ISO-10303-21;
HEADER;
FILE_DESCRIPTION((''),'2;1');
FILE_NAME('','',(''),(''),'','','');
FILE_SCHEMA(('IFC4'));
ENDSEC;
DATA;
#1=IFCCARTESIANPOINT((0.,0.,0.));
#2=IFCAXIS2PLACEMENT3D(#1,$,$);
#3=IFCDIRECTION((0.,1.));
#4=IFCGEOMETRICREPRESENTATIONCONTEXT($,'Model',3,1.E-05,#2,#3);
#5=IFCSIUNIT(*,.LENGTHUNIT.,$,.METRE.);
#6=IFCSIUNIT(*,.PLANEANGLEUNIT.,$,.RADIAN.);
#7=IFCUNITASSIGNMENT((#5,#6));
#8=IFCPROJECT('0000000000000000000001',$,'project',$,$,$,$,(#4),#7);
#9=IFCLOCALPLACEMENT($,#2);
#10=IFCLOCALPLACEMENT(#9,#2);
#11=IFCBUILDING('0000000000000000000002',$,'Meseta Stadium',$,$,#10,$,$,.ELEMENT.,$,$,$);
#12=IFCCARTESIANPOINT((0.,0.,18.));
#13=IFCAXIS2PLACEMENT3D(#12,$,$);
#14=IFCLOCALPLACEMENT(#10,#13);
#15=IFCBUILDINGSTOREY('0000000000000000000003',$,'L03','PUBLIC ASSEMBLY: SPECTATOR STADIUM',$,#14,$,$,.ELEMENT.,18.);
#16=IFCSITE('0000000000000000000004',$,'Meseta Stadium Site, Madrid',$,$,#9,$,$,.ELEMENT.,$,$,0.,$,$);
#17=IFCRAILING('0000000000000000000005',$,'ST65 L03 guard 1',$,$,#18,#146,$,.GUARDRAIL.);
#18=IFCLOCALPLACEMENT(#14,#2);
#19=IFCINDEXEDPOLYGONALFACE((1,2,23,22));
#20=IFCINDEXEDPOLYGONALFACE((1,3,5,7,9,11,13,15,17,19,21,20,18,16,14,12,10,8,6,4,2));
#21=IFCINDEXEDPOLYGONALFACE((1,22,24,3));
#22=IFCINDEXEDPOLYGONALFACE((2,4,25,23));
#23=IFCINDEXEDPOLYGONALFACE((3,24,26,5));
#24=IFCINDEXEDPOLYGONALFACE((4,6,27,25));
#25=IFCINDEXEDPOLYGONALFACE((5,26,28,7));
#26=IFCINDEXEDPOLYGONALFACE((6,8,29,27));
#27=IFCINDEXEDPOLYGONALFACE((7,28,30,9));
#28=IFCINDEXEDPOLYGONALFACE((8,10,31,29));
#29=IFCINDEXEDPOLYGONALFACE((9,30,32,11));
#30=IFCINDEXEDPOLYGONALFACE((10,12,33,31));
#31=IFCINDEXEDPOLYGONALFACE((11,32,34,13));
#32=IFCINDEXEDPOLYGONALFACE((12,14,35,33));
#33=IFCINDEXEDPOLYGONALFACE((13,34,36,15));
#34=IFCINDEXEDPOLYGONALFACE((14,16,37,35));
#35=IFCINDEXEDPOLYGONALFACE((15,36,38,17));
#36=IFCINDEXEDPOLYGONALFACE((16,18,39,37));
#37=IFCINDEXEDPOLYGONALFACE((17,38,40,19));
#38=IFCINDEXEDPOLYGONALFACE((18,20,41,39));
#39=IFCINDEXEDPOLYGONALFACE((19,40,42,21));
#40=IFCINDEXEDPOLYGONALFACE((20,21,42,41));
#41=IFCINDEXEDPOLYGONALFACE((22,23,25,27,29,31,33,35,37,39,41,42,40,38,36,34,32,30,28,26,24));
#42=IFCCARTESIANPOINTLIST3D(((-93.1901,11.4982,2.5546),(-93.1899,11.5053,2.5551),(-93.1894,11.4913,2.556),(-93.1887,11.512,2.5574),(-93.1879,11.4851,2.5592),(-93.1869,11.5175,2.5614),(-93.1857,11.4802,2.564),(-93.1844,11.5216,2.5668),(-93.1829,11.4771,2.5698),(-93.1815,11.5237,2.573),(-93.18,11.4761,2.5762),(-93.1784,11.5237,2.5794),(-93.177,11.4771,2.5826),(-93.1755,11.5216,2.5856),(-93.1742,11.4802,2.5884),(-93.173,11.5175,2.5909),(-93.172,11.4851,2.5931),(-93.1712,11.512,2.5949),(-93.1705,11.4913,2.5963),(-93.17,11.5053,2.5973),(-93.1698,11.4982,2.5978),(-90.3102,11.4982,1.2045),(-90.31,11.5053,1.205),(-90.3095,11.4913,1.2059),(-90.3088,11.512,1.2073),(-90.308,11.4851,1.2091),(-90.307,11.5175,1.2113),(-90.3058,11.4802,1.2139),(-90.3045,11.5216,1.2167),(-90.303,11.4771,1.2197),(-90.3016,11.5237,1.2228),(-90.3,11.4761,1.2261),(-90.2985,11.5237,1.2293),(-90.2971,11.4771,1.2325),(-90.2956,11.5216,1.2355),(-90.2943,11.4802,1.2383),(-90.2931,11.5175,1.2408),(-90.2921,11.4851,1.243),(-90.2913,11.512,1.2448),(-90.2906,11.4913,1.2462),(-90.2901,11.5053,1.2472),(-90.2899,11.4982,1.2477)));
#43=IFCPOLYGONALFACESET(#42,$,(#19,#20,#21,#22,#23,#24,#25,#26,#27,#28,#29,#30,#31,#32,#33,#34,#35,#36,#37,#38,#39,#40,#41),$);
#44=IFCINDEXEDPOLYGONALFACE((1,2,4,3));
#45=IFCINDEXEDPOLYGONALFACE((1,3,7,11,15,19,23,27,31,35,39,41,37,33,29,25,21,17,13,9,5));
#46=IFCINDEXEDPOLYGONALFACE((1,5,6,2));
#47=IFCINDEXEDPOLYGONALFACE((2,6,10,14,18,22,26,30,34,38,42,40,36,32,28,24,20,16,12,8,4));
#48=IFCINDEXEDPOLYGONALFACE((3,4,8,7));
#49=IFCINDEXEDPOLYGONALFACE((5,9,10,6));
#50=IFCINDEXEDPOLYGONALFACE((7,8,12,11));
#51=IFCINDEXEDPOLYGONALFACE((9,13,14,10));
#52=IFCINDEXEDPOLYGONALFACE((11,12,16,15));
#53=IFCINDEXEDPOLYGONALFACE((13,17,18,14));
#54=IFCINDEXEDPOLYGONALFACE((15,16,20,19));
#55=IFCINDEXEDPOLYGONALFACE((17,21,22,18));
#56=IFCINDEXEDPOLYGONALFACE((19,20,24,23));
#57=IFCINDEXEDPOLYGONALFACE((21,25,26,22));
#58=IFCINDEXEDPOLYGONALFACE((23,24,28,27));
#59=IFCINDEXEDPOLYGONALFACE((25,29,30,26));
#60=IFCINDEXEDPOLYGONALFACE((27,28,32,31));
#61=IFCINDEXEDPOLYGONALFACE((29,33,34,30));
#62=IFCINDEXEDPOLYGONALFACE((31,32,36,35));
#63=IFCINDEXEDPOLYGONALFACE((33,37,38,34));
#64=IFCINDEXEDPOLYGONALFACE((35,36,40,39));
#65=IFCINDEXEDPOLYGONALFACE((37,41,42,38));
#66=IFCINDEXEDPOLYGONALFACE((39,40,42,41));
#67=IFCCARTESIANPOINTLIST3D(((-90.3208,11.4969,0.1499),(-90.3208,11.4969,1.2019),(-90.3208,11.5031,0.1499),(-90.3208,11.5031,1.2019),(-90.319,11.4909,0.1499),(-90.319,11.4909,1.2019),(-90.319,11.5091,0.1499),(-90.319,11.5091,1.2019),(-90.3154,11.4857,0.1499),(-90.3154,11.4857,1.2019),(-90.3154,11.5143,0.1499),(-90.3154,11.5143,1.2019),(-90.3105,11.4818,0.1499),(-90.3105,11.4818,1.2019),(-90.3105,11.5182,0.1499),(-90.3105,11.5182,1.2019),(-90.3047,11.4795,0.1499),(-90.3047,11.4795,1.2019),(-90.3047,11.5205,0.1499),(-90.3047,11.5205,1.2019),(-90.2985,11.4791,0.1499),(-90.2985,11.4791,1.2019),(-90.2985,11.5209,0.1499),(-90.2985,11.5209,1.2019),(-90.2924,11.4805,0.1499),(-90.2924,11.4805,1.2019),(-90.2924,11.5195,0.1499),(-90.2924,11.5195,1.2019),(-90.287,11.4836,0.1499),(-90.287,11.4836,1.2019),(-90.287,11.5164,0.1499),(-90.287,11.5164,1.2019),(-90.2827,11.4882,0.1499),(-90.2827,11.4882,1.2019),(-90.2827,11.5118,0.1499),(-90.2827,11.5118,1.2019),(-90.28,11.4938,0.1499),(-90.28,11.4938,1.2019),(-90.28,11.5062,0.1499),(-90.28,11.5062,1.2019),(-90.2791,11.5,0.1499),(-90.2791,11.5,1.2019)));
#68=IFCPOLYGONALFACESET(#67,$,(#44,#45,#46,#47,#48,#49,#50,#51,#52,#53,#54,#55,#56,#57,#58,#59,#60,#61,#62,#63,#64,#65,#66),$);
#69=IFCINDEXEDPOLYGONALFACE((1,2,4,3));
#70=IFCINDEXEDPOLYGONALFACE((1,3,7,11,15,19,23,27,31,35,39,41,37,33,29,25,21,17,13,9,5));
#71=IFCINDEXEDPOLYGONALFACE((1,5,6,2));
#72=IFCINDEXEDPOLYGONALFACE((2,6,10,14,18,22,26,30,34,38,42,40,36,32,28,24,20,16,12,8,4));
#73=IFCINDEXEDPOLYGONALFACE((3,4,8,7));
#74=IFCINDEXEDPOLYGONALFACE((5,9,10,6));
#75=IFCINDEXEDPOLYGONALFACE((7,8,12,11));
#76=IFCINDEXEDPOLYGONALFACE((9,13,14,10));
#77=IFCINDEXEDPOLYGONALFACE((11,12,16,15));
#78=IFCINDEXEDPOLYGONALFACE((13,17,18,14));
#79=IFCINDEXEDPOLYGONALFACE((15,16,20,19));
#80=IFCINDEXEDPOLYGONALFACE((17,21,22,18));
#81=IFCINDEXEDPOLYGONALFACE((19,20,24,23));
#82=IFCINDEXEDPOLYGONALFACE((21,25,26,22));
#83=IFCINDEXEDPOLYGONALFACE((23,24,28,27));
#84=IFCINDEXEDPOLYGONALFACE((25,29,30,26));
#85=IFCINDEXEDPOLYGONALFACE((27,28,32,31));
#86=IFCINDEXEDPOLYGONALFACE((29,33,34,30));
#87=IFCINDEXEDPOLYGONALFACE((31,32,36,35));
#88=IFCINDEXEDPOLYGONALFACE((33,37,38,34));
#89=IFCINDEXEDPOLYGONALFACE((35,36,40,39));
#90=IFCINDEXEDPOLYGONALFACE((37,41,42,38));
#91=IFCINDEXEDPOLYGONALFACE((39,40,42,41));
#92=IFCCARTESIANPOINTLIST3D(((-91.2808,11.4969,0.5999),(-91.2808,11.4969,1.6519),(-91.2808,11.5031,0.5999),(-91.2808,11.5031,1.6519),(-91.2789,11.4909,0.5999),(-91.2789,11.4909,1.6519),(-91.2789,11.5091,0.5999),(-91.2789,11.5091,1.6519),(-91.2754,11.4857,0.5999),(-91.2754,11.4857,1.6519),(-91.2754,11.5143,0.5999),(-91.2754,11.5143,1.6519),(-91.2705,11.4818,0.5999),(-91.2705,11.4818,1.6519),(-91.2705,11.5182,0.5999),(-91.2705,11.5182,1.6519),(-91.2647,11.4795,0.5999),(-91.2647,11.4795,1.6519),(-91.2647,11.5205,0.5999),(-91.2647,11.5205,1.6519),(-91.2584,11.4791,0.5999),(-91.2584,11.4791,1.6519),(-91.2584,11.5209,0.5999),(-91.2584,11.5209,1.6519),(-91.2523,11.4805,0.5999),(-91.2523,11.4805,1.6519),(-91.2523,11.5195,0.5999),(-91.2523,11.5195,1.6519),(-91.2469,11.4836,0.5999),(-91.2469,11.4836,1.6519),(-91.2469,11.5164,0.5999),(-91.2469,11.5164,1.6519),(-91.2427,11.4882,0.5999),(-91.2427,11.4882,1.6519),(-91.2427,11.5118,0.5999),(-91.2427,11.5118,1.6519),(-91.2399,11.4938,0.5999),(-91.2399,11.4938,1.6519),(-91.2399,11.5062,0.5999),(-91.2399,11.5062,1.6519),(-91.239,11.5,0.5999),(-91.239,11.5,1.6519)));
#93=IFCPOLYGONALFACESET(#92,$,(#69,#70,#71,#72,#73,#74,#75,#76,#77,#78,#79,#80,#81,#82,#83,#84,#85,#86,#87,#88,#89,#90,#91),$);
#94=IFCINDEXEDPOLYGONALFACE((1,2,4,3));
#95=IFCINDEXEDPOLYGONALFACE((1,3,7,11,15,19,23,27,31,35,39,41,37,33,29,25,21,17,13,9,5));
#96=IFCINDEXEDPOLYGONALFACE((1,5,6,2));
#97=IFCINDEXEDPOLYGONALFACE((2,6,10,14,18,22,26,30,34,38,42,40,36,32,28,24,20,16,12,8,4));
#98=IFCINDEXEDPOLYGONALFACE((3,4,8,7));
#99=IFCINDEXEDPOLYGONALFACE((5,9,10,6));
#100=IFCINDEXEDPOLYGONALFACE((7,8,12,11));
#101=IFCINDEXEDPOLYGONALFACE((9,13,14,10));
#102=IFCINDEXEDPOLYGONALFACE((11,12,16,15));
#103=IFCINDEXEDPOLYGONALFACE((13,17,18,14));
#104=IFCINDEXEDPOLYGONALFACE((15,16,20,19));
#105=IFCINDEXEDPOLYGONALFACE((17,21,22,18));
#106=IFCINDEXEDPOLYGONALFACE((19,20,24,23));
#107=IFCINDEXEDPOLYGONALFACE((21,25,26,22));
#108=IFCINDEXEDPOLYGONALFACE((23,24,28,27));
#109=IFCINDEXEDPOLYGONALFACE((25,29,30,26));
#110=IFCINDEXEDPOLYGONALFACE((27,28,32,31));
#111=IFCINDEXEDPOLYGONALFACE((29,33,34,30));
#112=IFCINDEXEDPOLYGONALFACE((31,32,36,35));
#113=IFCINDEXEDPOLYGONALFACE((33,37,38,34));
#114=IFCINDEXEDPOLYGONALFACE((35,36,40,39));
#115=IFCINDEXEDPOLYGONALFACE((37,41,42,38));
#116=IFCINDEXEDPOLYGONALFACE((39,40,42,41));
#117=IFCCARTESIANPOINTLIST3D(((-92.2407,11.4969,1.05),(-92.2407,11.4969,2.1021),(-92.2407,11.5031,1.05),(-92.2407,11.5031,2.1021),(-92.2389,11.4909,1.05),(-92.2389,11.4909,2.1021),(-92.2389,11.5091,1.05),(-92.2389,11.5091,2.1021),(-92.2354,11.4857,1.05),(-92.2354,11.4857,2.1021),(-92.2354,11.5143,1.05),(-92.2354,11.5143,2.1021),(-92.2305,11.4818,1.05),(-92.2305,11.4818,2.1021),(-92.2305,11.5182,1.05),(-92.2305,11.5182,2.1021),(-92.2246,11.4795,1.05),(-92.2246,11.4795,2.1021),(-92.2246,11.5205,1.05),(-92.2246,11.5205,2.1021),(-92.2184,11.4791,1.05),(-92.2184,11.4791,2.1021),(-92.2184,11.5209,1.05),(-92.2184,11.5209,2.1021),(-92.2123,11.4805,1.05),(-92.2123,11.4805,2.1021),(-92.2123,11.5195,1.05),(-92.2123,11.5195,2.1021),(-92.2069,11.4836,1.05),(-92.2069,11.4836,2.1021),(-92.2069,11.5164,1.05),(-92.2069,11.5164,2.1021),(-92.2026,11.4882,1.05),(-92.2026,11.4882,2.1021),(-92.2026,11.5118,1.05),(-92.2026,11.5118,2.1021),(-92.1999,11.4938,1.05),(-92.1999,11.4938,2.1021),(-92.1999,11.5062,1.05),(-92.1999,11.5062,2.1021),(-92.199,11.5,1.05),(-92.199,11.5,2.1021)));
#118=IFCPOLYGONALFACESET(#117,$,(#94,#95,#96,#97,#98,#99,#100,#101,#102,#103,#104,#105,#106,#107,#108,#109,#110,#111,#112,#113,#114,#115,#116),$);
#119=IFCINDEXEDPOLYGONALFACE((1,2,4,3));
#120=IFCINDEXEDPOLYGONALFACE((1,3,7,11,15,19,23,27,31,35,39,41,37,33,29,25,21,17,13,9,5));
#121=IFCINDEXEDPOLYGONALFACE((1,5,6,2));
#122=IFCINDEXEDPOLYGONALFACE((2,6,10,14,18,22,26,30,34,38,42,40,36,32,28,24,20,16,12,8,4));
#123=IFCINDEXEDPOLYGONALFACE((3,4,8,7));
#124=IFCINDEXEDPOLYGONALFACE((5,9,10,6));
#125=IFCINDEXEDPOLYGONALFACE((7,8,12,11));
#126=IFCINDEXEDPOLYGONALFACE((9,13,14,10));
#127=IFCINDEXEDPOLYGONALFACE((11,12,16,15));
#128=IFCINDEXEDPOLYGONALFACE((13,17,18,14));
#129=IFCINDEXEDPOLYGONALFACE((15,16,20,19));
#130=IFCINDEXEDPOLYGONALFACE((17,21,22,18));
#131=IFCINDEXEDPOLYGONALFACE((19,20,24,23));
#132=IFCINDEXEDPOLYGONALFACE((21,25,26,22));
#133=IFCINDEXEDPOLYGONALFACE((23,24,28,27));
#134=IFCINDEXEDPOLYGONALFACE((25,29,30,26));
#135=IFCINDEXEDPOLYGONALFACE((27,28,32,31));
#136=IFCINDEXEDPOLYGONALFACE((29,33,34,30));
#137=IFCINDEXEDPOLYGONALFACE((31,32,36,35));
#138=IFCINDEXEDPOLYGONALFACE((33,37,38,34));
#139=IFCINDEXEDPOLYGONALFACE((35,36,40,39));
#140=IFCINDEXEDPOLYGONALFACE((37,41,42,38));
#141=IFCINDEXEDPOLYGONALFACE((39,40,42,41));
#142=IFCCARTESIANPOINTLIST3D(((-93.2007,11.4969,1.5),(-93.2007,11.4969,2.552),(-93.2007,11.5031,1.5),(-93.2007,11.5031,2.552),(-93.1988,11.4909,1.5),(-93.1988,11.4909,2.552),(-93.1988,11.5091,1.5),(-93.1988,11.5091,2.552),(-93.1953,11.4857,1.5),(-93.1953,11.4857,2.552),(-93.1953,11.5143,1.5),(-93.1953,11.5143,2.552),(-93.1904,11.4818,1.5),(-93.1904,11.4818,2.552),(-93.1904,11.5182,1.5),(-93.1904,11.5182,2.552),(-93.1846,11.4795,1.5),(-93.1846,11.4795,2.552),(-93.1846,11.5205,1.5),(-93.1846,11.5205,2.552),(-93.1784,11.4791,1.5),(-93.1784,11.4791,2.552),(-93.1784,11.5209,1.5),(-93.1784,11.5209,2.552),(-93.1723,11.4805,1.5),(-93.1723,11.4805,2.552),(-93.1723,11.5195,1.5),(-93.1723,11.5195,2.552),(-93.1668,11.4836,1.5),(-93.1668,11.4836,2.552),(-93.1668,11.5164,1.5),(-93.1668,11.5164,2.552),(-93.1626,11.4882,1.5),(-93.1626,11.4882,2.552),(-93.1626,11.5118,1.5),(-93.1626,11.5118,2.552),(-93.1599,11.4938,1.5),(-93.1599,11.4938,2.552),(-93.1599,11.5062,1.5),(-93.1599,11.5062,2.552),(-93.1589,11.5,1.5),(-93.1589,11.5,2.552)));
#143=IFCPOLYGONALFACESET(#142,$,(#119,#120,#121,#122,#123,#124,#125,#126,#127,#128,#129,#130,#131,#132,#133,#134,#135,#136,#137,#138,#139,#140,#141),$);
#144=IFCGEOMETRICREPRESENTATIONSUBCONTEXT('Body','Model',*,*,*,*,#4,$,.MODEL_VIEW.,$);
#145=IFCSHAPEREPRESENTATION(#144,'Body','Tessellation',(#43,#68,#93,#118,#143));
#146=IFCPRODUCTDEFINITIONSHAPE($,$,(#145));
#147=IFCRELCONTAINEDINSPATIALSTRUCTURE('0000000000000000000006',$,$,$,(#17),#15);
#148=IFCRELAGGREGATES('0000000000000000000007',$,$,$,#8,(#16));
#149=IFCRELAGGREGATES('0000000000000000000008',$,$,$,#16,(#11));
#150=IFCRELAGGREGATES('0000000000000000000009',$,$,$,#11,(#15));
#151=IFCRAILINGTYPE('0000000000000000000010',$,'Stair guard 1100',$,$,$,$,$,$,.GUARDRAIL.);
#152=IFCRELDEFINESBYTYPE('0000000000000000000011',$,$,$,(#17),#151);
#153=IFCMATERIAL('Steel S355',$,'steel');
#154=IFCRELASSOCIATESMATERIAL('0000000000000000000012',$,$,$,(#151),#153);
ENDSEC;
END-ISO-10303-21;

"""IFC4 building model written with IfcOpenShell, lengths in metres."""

from ifc_helpers import new_model, si_unit, direction, frame, origin, origin_2d, place, context, subcontext, project, spatial, circle, extrude, material, type_object, element, save


model = new_model("IFC4")

# Units and contexts
model_context = context("Model", 3, precision=1e-05, world=origin(), true_north=direction((0.0, 1.0)))
body_context = subcontext(model_context, "Body", "Model", "MODEL_VIEW")
ifc_project = project(units=[si_unit("LENGTHUNIT", "METRE"), si_unit("PLANEANGLEUNIT", "RADIAN")], contexts=[model_context])

# Site, building, storey
site_placement = place(None, origin())
site = spatial("IfcSite", under=ifc_project, at=site_placement, Name="Meseta Stadium Site, Madrid", CompositionType="ELEMENT", RefElevation=0.0)
building_placement = place(site_placement, origin())
building = spatial("IfcBuilding", under=site, at=building_placement, Name="Meseta Stadium", CompositionType="ELEMENT")
storey_placement = place(building_placement, frame((0.0, 0.0, 18.0)))
storey = spatial("IfcBuildingStorey", under=building, at=storey_placement, Name="L03", Description="PUBLIC ASSEMBLY: SPECTATOR STADIUM", CompositionType="ELEMENT", Elevation=18.0)

# Railing
ifc_material_1 = material(Name="Steel S355", Category="steel")
railing_type_1 = type_object("IfcRailingType", Name="Stair guard 1100", PredefinedType="GUARDRAIL", material=ifc_material_1)
railing_1_placement = place(storey_placement, frame((-90.3, 11.5, 0.1499)))
element("IfcRailing", 1, at=railing_1_placement, inside=storey, type_object=railing_type_1, Name="ST65 L03 guard 1", PredefinedType="GUARDRAIL", context=body_context, shape_type="SweptSolid", body=[
    extrude(circle(Radius=0.0239, at=origin_2d()), frame((0.0, 0.0, 1.0762), z_axis=(-0.90544, 0.0, 0.424473), x_axis=(0.0, -1.0, 0.0)), (0.0, 0.0, 1.0), 3.1807),
    extrude(circle(Radius=0.021, at=origin_2d()), origin(), (0.0, 0.0, 1.0), 1.052),
    extrude(circle(Radius=0.021, at=origin_2d()), frame((-0.96, 0.0, 0.45)), (0.0, 0.0, 1.0), 1.052),
    extrude(circle(Radius=0.021, at=origin_2d()), frame((-1.9199, 0.0, 0.9001)), (0.0, 0.0, 1.0), 1.052),
    extrude(circle(Radius=0.021, at=origin_2d()), frame((-2.8799, 0.0, 1.3501)), (0.0, 0.0, 1.0), 1.052),
])

save(model, "model.ifc")
